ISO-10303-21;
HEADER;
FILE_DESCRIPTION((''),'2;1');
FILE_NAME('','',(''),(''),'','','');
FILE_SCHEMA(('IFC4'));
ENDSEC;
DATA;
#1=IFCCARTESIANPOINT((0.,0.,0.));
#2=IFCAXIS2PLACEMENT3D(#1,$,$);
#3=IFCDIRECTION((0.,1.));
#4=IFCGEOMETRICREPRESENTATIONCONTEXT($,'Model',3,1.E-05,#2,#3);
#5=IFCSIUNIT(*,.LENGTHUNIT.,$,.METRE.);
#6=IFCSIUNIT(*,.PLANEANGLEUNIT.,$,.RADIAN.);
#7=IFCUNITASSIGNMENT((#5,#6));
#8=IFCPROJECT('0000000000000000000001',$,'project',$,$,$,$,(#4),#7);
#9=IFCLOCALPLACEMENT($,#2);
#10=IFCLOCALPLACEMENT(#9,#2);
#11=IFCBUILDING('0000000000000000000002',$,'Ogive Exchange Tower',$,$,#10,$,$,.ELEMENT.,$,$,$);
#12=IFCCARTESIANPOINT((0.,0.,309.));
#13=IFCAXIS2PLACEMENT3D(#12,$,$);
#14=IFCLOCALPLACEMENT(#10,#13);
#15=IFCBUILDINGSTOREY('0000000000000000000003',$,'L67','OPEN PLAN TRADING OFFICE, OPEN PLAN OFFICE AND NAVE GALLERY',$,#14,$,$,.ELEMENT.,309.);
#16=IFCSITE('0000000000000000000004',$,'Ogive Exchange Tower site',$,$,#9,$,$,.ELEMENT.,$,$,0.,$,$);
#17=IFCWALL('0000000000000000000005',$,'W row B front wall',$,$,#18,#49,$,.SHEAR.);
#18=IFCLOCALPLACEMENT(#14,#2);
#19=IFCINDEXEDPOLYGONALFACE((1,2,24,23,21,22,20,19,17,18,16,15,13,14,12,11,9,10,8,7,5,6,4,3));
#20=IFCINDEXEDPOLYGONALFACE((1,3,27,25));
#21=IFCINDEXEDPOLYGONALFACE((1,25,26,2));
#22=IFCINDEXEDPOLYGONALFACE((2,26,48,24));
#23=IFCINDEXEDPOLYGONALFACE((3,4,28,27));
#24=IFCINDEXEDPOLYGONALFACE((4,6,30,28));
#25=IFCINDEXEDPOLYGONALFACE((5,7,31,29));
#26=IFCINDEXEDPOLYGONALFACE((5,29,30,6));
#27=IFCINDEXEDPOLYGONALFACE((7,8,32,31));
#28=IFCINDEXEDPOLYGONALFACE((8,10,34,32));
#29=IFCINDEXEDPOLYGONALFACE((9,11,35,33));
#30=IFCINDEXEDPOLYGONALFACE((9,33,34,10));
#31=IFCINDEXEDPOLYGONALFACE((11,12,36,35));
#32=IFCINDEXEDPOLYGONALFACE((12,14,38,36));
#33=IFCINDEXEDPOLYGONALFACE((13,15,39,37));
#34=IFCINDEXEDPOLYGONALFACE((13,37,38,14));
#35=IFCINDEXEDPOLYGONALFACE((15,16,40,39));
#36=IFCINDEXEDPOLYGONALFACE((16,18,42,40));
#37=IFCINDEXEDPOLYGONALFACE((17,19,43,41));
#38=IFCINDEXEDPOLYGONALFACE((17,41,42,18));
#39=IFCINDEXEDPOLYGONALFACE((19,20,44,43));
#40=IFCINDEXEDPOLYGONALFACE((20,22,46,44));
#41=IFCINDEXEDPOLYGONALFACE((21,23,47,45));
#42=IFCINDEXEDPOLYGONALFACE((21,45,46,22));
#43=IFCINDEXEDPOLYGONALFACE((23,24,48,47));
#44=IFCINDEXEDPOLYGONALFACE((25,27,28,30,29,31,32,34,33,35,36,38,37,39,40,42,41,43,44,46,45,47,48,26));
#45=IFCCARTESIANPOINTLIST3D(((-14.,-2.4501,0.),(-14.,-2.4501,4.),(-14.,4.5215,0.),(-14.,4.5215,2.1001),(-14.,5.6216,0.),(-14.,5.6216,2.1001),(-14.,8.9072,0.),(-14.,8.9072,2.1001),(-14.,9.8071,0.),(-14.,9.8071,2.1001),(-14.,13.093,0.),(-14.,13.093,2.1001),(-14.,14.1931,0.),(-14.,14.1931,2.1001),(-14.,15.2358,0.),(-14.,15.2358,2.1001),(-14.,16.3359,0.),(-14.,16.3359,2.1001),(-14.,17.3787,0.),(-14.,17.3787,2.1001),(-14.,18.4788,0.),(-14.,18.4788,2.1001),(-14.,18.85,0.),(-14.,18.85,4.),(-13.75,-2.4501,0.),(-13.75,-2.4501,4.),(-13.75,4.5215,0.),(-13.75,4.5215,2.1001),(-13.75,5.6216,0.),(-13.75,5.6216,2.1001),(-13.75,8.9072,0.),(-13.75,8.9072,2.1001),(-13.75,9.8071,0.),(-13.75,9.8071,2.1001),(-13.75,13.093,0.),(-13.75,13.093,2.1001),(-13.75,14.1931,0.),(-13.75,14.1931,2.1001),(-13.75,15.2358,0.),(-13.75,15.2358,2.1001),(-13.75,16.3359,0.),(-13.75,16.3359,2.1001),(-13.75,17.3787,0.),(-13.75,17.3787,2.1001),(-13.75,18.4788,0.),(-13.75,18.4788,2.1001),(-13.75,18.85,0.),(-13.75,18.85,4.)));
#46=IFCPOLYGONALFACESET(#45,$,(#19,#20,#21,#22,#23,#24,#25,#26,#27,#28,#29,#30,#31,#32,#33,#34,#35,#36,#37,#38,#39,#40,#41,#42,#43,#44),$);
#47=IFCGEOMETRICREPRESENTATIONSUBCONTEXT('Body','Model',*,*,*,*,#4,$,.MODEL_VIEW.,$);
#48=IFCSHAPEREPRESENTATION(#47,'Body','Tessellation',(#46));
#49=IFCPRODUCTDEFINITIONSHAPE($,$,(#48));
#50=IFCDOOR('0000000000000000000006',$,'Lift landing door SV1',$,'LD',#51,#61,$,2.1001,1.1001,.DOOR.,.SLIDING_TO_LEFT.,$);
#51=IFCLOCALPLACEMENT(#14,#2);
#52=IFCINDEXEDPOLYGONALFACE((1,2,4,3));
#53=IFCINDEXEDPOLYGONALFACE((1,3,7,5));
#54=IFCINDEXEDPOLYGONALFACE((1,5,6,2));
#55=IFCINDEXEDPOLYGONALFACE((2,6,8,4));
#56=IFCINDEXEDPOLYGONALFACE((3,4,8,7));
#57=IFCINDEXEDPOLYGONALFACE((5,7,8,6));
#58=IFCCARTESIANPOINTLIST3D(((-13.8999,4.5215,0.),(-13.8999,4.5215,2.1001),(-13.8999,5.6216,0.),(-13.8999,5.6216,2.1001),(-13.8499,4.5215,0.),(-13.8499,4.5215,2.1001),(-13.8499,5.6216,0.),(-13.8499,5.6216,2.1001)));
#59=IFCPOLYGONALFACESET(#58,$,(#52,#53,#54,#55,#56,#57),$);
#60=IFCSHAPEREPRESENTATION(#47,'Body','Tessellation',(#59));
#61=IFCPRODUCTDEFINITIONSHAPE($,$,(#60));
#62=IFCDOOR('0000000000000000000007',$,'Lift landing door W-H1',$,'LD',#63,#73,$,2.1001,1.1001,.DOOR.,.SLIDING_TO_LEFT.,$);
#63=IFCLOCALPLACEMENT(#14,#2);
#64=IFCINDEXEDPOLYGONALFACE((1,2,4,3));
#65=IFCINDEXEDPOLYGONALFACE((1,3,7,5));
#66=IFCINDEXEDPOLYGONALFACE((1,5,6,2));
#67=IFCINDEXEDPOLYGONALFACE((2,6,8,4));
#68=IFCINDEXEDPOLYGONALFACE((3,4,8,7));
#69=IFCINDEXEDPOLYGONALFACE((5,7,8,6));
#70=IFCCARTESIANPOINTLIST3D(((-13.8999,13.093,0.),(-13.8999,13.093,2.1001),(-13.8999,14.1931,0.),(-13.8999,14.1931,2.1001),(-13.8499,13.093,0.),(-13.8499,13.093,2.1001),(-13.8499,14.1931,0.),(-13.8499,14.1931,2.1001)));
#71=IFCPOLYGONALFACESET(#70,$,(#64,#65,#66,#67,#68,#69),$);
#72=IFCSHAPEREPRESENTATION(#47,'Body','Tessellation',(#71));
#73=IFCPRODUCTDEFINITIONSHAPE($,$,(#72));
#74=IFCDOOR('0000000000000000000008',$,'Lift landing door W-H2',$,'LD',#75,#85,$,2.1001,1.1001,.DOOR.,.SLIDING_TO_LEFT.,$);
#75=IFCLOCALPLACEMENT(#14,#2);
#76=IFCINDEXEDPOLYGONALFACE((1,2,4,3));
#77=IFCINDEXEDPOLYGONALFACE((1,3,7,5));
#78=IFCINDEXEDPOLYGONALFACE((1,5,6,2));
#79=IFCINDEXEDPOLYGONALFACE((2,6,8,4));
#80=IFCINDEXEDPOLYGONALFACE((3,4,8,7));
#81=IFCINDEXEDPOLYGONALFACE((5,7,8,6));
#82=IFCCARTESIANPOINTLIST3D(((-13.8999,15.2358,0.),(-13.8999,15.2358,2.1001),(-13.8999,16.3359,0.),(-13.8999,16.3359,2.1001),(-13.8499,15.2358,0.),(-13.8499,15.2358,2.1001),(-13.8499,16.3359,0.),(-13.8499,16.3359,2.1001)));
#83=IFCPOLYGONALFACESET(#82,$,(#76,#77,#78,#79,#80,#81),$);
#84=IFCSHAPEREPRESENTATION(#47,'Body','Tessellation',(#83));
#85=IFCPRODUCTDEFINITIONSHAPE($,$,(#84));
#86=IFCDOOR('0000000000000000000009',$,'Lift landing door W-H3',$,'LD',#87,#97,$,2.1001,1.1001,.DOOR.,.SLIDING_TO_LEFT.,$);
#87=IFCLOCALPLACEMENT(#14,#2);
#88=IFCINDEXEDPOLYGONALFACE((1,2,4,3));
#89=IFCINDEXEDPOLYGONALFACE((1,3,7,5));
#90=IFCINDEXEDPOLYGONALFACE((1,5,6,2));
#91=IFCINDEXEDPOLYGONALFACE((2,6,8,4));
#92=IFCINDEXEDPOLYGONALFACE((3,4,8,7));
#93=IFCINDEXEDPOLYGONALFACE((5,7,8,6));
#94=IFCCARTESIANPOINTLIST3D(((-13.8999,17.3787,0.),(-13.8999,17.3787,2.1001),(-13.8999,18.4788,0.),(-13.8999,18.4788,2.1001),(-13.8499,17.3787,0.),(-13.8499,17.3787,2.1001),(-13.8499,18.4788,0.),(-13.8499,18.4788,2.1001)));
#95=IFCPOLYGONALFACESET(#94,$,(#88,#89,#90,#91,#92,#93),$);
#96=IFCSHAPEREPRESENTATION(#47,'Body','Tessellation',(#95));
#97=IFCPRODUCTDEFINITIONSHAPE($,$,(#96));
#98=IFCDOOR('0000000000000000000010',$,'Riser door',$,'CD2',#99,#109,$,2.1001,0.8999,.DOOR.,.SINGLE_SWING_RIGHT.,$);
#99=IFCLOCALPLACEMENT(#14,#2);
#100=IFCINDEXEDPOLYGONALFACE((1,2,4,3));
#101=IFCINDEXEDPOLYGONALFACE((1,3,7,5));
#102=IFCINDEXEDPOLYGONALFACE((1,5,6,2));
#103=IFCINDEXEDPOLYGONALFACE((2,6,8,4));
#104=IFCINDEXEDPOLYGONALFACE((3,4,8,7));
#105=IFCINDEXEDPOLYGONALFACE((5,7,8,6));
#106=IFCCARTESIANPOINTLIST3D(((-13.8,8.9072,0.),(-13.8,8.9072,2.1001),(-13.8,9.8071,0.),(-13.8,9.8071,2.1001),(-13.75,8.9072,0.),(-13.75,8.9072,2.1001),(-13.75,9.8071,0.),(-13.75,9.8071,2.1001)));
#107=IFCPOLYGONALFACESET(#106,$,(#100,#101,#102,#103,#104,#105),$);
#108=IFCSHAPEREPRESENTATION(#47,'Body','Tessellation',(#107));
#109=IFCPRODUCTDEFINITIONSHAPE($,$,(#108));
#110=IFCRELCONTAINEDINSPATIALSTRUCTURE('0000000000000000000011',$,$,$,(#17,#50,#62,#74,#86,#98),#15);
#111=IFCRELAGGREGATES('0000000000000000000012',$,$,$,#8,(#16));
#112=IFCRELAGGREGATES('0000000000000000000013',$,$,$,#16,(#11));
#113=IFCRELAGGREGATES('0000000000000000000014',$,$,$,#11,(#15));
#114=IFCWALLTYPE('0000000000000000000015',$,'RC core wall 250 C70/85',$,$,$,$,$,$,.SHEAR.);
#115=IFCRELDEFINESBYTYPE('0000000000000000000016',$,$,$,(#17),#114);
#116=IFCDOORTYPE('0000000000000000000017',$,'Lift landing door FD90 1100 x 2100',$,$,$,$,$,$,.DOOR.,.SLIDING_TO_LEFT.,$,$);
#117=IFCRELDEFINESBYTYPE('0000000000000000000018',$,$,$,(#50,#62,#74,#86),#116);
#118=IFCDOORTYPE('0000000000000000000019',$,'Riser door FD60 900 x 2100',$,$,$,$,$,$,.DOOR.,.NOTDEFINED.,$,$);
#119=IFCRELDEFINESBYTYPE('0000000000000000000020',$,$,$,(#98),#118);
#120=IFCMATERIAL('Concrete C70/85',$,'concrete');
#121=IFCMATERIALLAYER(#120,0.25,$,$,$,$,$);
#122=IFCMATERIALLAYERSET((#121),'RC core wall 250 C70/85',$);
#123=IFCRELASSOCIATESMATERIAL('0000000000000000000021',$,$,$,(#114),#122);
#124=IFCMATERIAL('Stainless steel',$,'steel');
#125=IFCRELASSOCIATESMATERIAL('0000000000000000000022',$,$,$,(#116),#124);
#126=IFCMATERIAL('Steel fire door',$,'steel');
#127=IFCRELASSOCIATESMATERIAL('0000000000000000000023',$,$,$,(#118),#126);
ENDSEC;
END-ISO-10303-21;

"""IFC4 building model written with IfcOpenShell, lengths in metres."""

from ifc_helpers import new_model, si_unit, direction, frame, frame_2d, origin, place, context, subcontext, project, spatial, rectangle, extrude, material, layer, layer_set, type_object, element, fill, save


model = new_model("IFC4")

# Units and contexts
model_context = context("Model", 3, precision=1e-05, world=origin(), true_north=direction((0.0, 1.0)))
body_context = subcontext(model_context, "Body", "Model", "MODEL_VIEW")
ifc_project = project(units=[si_unit("LENGTHUNIT", "METRE"), si_unit("PLANEANGLEUNIT", "RADIAN")], contexts=[model_context])

# Site, building, storey
site_placement = place(None, origin())
site = spatial("IfcSite", under=ifc_project, at=site_placement, Name="Ogive Exchange Tower site", CompositionType="ELEMENT", RefElevation=0.0)
building_placement = place(site_placement, origin())
building = spatial("IfcBuilding", under=site, at=building_placement, Name="Ogive Exchange Tower", CompositionType="ELEMENT")
storey_placement = place(building_placement, frame((0.0, 0.0, 309.0)))
storey = spatial("IfcBuildingStorey", under=building, at=storey_placement, Name="L67", Description="OPEN PLAN TRADING OFFICE, OPEN PLAN OFFICE AND NAVE GALLERY", CompositionType="ELEMENT", Elevation=309.0)

# Shared definitions
ifc_material_1 = material(Name="Concrete C70/85", Category="concrete")
ifc_layer_1 = layer(ifc_material_1, 0.25)
ifc_layer_set_1 = layer_set([ifc_layer_1], Name="RC core wall 250 C70/85")
wall_type_1 = type_object("IfcWallType", Name="RC core wall 250 C70/85", PredefinedType="SHEAR", material=ifc_layer_set_1)
ifc_material_2 = material(Name="Steel fire door", Category="steel")

# Wall, openings, doors
wall_1_placement = place(storey_placement, frame((-13.875, -2.45, 0.0), z_axis=(0.0, 0.0, 1.0), x_axis=(0.0, 1.0, 0.0)))
wall_1 = element("IfcWall", 1, at=wall_1_placement, inside=storey, type_object=wall_type_1, Name="W row B front wall", PredefinedType="SHEAR", context=body_context, shape_type="SweptSolid", body=[
    extrude(rectangle(XDim=21.3, YDim=0.25, at=frame_2d((10.6499, 0.0))), origin(), (0.0, 0.0, 1.0), 4.0),
])
opening_1_placement = place(wall_1_placement, frame((11.3572, 0.0, 0.0)))
opening_1 = element("IfcOpeningElement", 2, at=opening_1_placement, cuts=wall_1, PredefinedType="OPENING", context=body_context, shape_type="SweptSolid", body=[
    extrude(rectangle(XDim=0.8999, YDim=2.1001, at=frame_2d((0.45, 1.05))), frame((0.0, 0.135, 0.0), z_axis=(0.0, -1.0, 0.0), x_axis=(1.0, 0.0, 0.0)), (0.0, 0.0, 1.0), 0.27),
])
opening_2_placement = place(wall_1_placement, frame((6.9714, 0.0, 0.0)))
opening_2 = element("IfcOpeningElement", 3, at=opening_2_placement, cuts=wall_1, PredefinedType="OPENING", context=body_context, shape_type="SweptSolid", body=[
    extrude(rectangle(XDim=1.1001, YDim=2.1001, at=frame_2d((0.55, 1.05))), frame((0.0, 0.135, 0.0), z_axis=(0.0, -1.0, 0.0), x_axis=(1.0, 0.0, 0.0)), (0.0, 0.0, 1.0), 0.27),
])
opening_3_placement = place(wall_1_placement, frame((15.543, 0.0, 0.0)))
opening_3 = element("IfcOpeningElement", 4, at=opening_3_placement, cuts=wall_1, PredefinedType="OPENING", context=body_context, shape_type="SweptSolid", body=[
    extrude(rectangle(XDim=1.1001, YDim=2.1001, at=frame_2d((0.55, 1.05))), frame((0.0, 0.135, 0.0), z_axis=(0.0, -1.0, 0.0), x_axis=(1.0, 0.0, 0.0)), (0.0, 0.0, 1.0), 0.27),
])
opening_4_placement = place(wall_1_placement, frame((17.6858, 0.0, 0.0)))
opening_4 = element("IfcOpeningElement", 5, at=opening_4_placement, cuts=wall_1, PredefinedType="OPENING", context=body_context, shape_type="SweptSolid", body=[
    extrude(rectangle(XDim=1.1001, YDim=2.1001, at=frame_2d((0.55, 1.05))), frame((0.0, 0.135, 0.0), z_axis=(0.0, -1.0, 0.0), x_axis=(1.0, 0.0, 0.0)), (0.0, 0.0, 1.0), 0.27),
])
opening_5_placement = place(wall_1_placement, frame((19.8286, 0.0, 0.0)))
opening_5 = element("IfcOpeningElement", 6, at=opening_5_placement, cuts=wall_1, PredefinedType="OPENING", context=body_context, shape_type="SweptSolid", body=[
    extrude(rectangle(XDim=1.1001, YDim=2.1001, at=frame_2d((0.55, 1.05))), frame((0.0, 0.135, 0.0), z_axis=(0.0, -1.0, 0.0), x_axis=(1.0, 0.0, 0.0)), (0.0, 0.0, 1.0), 0.27),
])
ifc_material_3 = material(Name="Stainless steel", Category="steel")
door_type_1 = type_object("IfcDoorType", Name="Lift landing door FD90 1100 x 2100", OperationType="SLIDING_TO_LEFT", PredefinedType="DOOR", material=ifc_material_3)
door_1_placement = place(opening_2_placement, origin())
door_1 = element("IfcDoor", 7, at=door_1_placement, inside=storey, type_object=door_type_1, Name="Lift landing door SV1", ObjectType="LD", OperationType="SLIDING_TO_LEFT", OverallHeight=2.1001, OverallWidth=1.1001, PredefinedType="DOOR", context=body_context, shape_type="SweptSolid", body=[
    extrude(rectangle(XDim=1.1001, YDim=2.1001, at=frame_2d((0.55, 1.05))), frame((0.0, 0.0249, 0.0), z_axis=(0.0, -1.0, 0.0), x_axis=(1.0, 0.0, 0.0)), (0.0, 0.0, 1.0), 0.05),
])
fill(opening_2, door_1)
door_2_placement = place(opening_3_placement, origin())
door_2 = element("IfcDoor", 8, at=door_2_placement, inside=storey, type_object=door_type_1, Name="Lift landing door W-H1", ObjectType="LD", OperationType="SLIDING_TO_LEFT", OverallHeight=2.1001, OverallWidth=1.1001, PredefinedType="DOOR", context=body_context, shape_type="SweptSolid", body=[
    extrude(rectangle(XDim=1.1001, YDim=2.1001, at=frame_2d((0.55, 1.05))), frame((0.0, 0.0249, 0.0), z_axis=(0.0, -1.0, 0.0), x_axis=(1.0, 0.0, 0.0)), (0.0, 0.0, 1.0), 0.05),
])
fill(opening_3, door_2)
door_3_placement = place(opening_4_placement, origin())
door_3 = element("IfcDoor", 9, at=door_3_placement, inside=storey, type_object=door_type_1, Name="Lift landing door W-H2", ObjectType="LD", OperationType="SLIDING_TO_LEFT", OverallHeight=2.1001, OverallWidth=1.1001, PredefinedType="DOOR", context=body_context, shape_type="SweptSolid", body=[
    extrude(rectangle(XDim=1.1001, YDim=2.1001, at=frame_2d((0.55, 1.05))), frame((0.0, 0.0249, 0.0), z_axis=(0.0, -1.0, 0.0), x_axis=(1.0, 0.0, 0.0)), (0.0, 0.0, 1.0), 0.05),
])
fill(opening_4, door_3)
door_4_placement = place(opening_5_placement, origin())
door_4 = element("IfcDoor", 10, at=door_4_placement, inside=storey, type_object=door_type_1, Name="Lift landing door W-H3", ObjectType="LD", OperationType="SLIDING_TO_LEFT", OverallHeight=2.1001, OverallWidth=1.1001, PredefinedType="DOOR", context=body_context, shape_type="SweptSolid", body=[
    extrude(rectangle(XDim=1.1001, YDim=2.1001, at=frame_2d((0.55, 1.05))), frame((0.0, 0.0249, 0.0), z_axis=(0.0, -1.0, 0.0), x_axis=(1.0, 0.0, 0.0)), (0.0, 0.0, 1.0), 0.05),
])
fill(opening_5, door_4)
door_type_2 = type_object("IfcDoorType", Name="Riser door FD60 900 x 2100", OperationType="NOTDEFINED", PredefinedType="DOOR", material=ifc_material_2)
door_5_placement = place(opening_1_placement, frame((0.8999, -0.2002, 0.0), z_axis=(0.0, 0.0, 1.0), x_axis=(-1.0, 0.0, 0.0)))
door_5 = element("IfcDoor", 11, at=door_5_placement, inside=storey, type_object=door_type_2, Name="Riser door", ObjectType="CD2", OperationType="SINGLE_SWING_RIGHT", OverallHeight=2.1001, OverallWidth=0.8999, PredefinedType="DOOR", context=body_context, shape_type="SweptSolid", body=[
    extrude(rectangle(XDim=0.8999, YDim=2.1001, at=frame_2d((0.45, 1.05))), frame((0.0, -0.0752, 0.0), z_axis=(0.0, -1.0, 0.0), x_axis=(1.0, 0.0, 0.0)), (0.0, 0.0, 1.0), 0.05),
])
fill(opening_1, door_5)

save(model, "model.ifc")
